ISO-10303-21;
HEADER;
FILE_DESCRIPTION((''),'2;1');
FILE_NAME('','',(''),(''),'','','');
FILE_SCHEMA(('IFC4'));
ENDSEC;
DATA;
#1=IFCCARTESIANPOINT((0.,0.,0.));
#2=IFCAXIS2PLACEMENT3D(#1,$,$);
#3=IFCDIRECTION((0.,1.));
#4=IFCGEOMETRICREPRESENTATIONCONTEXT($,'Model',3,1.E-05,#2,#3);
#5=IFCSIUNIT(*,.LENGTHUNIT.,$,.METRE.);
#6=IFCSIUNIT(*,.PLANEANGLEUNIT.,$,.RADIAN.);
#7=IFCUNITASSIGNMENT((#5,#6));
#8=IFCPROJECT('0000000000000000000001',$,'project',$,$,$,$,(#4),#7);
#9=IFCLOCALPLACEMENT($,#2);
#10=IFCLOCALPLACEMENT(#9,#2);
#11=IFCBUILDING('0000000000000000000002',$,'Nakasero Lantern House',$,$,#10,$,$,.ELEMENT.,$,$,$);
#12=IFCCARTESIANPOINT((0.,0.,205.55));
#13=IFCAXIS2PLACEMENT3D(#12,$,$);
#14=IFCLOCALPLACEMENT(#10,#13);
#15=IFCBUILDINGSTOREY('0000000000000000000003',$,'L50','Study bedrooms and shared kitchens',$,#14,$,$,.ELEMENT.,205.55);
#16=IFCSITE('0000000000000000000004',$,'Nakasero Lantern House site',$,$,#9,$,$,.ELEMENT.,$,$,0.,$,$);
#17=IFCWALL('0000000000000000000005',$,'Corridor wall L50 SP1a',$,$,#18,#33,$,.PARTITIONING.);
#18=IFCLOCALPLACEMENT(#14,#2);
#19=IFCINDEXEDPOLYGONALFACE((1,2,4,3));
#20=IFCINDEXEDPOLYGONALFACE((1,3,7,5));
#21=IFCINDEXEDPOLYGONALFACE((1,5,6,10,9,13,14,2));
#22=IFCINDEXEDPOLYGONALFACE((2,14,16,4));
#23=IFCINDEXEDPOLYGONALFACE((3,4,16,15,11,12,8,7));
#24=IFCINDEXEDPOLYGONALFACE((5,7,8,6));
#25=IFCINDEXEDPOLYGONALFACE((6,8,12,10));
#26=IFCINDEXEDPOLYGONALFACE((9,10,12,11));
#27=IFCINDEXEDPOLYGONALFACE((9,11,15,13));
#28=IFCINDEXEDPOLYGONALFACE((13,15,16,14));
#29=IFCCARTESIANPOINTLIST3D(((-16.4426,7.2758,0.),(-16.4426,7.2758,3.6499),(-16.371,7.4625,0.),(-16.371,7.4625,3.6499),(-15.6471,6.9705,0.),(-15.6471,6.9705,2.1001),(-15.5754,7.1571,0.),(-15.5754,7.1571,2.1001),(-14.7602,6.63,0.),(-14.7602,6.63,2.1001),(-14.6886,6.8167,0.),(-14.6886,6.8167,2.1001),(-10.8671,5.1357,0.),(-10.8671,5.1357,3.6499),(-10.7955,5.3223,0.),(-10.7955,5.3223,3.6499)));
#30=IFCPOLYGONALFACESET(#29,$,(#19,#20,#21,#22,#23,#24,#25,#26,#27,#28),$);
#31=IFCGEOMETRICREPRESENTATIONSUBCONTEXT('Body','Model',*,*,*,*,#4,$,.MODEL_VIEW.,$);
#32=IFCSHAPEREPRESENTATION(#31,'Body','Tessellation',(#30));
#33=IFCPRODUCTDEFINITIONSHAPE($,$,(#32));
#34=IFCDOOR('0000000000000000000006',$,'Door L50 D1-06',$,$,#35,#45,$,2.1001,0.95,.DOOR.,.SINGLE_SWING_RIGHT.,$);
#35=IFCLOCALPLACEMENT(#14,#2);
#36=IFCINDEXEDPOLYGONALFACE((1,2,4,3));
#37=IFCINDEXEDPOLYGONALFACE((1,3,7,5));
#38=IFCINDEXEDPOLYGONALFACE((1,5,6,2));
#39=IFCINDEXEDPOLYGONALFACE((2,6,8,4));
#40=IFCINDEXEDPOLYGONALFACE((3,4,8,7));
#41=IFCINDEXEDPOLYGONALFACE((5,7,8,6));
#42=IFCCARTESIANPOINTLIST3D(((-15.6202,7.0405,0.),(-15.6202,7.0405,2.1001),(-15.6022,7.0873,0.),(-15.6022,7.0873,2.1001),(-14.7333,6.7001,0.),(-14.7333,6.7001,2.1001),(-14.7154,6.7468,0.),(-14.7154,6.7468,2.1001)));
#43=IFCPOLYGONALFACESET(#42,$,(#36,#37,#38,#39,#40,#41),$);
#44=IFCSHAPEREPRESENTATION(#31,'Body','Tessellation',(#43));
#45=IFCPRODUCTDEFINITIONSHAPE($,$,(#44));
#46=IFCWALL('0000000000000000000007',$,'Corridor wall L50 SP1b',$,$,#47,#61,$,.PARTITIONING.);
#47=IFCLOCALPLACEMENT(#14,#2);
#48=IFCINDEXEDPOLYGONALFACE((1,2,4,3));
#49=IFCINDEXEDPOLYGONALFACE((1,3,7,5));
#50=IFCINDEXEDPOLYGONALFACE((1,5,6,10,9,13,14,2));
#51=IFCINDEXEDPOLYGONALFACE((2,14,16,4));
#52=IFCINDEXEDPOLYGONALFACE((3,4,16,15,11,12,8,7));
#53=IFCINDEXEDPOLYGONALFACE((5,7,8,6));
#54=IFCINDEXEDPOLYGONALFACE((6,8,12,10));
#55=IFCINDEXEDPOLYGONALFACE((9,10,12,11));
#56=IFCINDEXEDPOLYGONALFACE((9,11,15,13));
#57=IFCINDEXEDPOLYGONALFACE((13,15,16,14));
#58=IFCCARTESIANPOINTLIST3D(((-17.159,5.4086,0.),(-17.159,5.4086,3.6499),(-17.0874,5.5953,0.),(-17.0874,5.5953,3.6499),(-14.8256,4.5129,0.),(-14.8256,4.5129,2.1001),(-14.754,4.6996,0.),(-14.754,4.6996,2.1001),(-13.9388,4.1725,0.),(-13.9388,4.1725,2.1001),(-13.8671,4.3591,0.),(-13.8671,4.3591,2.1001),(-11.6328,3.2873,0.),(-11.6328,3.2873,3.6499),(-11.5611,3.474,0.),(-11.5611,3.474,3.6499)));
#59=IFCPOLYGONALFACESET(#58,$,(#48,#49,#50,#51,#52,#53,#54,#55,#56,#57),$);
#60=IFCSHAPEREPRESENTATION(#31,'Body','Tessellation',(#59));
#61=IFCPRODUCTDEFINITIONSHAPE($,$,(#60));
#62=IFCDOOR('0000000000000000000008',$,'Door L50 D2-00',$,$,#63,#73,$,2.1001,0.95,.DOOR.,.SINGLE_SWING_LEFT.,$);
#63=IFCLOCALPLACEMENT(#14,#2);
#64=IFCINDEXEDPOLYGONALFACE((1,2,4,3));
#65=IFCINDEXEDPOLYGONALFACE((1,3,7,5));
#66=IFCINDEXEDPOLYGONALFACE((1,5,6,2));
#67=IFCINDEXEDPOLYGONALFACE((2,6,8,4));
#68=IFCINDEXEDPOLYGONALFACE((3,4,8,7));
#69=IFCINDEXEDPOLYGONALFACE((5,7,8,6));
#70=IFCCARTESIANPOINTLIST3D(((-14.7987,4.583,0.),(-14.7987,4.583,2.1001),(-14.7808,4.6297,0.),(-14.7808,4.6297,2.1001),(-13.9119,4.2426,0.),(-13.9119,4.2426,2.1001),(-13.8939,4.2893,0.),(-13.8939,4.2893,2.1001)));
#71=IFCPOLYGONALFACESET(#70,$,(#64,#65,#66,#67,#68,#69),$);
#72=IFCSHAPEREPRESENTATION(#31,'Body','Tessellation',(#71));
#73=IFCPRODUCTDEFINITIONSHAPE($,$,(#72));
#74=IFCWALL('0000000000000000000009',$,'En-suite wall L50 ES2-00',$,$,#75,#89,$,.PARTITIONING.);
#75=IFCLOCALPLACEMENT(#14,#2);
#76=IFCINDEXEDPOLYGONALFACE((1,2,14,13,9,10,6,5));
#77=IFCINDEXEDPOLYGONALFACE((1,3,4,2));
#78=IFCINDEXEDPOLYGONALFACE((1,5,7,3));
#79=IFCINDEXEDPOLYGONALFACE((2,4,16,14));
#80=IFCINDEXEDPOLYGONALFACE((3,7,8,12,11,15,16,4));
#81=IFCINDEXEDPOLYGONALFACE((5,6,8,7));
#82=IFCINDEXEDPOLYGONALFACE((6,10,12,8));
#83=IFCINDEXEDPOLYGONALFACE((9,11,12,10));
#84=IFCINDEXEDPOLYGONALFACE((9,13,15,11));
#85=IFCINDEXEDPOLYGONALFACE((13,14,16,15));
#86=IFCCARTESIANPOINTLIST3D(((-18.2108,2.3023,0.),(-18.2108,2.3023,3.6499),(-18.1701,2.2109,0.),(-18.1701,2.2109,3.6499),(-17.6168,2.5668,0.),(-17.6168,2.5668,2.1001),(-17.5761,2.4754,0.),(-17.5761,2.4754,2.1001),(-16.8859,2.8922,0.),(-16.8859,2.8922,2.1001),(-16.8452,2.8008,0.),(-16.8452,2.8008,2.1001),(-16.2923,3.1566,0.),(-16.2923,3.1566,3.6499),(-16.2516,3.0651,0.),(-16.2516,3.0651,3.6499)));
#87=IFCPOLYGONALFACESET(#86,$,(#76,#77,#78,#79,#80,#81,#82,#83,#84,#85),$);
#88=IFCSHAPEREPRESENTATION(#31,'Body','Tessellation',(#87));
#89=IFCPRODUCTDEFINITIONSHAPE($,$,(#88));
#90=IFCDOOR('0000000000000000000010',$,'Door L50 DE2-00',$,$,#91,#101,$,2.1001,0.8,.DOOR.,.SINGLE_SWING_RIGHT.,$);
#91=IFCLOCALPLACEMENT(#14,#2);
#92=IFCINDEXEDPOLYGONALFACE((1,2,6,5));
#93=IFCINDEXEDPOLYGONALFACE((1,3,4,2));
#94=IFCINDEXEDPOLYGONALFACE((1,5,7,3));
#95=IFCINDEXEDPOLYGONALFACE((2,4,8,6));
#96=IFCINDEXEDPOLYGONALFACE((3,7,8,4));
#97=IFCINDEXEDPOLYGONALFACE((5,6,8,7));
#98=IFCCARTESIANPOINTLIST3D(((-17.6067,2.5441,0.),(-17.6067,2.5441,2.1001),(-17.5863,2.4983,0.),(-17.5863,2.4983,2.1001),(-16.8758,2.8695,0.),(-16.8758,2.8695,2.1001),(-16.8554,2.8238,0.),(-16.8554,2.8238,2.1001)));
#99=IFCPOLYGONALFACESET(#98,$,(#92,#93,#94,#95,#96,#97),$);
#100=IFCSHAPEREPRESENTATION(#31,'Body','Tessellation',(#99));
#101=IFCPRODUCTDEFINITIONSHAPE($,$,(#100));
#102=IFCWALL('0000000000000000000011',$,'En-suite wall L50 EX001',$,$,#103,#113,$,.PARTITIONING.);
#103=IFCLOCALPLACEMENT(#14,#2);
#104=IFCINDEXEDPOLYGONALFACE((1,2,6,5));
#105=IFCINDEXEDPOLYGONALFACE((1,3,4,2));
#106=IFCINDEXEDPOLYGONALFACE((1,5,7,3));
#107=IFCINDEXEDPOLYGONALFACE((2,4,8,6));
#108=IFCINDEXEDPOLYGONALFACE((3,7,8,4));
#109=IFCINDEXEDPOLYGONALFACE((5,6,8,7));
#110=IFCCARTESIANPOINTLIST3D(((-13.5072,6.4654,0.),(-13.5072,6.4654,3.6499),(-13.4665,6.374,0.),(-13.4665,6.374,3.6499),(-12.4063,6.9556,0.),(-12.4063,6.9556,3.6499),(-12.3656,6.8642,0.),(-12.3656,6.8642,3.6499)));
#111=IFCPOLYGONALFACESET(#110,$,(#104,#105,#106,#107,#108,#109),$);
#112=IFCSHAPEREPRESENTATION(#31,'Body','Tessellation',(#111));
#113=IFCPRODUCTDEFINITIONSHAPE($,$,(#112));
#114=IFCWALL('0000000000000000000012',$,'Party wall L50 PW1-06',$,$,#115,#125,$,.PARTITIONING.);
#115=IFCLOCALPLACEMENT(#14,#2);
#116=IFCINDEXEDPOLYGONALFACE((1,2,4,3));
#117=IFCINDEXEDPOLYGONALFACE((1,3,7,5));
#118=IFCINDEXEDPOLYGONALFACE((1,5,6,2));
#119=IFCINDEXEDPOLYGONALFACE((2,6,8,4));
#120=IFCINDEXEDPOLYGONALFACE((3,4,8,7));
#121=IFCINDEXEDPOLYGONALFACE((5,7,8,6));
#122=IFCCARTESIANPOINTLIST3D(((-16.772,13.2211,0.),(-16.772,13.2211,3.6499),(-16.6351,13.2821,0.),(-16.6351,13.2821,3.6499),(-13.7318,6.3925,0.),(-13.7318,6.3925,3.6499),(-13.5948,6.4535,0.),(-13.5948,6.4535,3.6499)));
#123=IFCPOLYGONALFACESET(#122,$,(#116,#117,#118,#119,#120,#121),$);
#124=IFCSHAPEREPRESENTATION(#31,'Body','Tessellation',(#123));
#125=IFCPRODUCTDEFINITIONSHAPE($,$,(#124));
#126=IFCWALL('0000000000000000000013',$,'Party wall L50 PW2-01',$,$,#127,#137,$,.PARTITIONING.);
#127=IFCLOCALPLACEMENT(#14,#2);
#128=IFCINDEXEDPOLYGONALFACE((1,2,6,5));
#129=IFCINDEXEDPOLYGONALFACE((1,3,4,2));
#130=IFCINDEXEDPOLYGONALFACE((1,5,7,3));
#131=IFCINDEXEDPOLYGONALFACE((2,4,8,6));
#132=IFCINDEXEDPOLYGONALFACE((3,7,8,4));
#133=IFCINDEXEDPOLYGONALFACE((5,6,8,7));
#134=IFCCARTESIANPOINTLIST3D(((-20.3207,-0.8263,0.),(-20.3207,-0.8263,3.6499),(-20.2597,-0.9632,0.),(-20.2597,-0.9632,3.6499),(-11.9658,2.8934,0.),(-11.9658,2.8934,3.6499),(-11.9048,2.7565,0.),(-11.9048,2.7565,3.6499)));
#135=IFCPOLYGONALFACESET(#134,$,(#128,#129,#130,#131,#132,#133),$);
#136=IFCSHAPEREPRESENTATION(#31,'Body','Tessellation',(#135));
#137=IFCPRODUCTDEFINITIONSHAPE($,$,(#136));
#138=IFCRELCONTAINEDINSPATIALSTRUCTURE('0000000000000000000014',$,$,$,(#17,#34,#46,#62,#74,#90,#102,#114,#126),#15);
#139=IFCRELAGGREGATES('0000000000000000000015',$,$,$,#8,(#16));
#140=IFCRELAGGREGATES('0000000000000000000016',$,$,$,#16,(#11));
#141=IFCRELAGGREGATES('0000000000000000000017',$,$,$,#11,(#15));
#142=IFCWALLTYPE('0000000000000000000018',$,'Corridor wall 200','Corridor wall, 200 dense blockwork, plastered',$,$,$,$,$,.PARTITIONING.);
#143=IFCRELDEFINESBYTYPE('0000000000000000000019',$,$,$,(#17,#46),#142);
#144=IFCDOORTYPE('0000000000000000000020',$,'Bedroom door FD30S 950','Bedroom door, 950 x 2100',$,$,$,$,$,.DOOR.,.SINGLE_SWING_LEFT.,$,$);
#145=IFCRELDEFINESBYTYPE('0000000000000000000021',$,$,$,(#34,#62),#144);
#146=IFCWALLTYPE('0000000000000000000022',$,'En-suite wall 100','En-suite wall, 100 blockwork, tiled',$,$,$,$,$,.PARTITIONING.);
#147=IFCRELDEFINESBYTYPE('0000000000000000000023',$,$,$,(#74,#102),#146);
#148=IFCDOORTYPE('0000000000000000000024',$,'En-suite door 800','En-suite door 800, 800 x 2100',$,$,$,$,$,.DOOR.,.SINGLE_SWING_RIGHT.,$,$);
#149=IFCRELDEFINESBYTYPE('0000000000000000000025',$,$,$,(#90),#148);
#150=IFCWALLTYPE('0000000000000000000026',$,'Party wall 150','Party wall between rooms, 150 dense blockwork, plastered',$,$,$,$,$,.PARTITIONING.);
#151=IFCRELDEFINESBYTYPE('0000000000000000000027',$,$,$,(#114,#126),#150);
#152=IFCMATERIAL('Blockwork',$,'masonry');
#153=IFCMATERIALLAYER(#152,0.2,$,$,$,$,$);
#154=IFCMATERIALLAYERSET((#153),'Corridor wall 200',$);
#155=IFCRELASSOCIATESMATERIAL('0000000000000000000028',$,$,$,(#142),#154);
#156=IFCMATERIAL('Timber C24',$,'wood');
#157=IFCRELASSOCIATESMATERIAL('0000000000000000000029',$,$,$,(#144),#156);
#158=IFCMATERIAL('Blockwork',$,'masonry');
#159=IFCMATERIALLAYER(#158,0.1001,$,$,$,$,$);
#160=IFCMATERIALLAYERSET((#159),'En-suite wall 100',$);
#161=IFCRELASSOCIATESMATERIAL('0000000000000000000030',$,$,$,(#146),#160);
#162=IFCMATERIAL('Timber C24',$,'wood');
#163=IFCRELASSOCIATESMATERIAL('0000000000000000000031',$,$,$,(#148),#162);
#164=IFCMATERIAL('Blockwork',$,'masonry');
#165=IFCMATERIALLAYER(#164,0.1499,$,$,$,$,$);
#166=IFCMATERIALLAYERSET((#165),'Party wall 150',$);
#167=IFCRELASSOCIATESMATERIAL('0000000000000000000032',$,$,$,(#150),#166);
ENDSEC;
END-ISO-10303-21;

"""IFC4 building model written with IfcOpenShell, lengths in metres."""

from ifc_helpers import new_model, si_unit, direction, frame, frame_2d, origin, place, context, subcontext, project, spatial, rectangle, extrude, material, layer, layer_set, type_object, element, fill, save


model = new_model("IFC4")

# Units and contexts
model_context = context("Model", 3, precision=1e-05, world=origin(), true_north=direction((0.0, 1.0)))
body_context = subcontext(model_context, "Body", "Model", "MODEL_VIEW")
ifc_project = project(units=[si_unit("LENGTHUNIT", "METRE"), si_unit("PLANEANGLEUNIT", "RADIAN")], contexts=[model_context])

# Site, building, storey
site_placement = place(None, origin())
site = spatial("IfcSite", under=ifc_project, at=site_placement, Name="Nakasero Lantern House site", CompositionType="ELEMENT", RefElevation=0.0)
building_placement = place(site_placement, origin())
building = spatial("IfcBuilding", under=site, at=building_placement, Name="Nakasero Lantern House", CompositionType="ELEMENT")
storey_placement = place(building_placement, frame((0.0, 0.0, 205.55)))
storey = spatial("IfcBuildingStorey", under=building, at=storey_placement, Name="L50", Description="Study bedrooms and shared kitchens", CompositionType="ELEMENT", Elevation=205.55)

# Shared definitions
ifc_material_1 = material(Name="Blockwork", Category="masonry")
ifc_layer_1 = layer(ifc_material_1, 0.2)
ifc_layer_set_1 = layer_set([ifc_layer_1], Name="Corridor wall 200")
wall_type_1 = type_object("IfcWallType", Name="Corridor wall 200", Description="Corridor wall, 200 dense blockwork, plastered", PredefinedType="PARTITIONING", material=ifc_layer_set_1)

# Walls, openings, doors
wall_1_placement = place(storey_placement, frame((-10.8313, 5.229, 0.0), z_axis=(0.0, 0.0, 1.0), x_axis=(-0.933585, 0.358357, 0.0)))
wall_1 = element("IfcWall", 1, at=wall_1_placement, inside=storey, type_object=wall_type_1, Name="Corridor wall L50 SP1a", PredefinedType="PARTITIONING", context=body_context, shape_type="SweptSolid", body=[
    extrude(rectangle(XDim=5.9722, YDim=0.2, at=frame_2d((2.9861, 0.0))), origin(), (0.0, 0.0, 1.0), 3.6499),
])
opening_1_placement = place(wall_1_placement, frame((4.1699, 0.0, 0.0)))
opening_1 = element("IfcOpeningElement", 2, at=opening_1_placement, cuts=wall_1, PredefinedType="OPENING", context=body_context, shape_type="SweptSolid", body=[
    extrude(rectangle(XDim=0.95, YDim=2.1001, at=frame_2d((0.4751, 1.05))), frame((0.0, 0.1199, 0.0), z_axis=(0.0, -1.0, 0.0), x_axis=(1.0, 0.0, 0.0)), (0.0, 0.0, 1.0), 0.24),
])
ifc_material_2 = material(Name="Timber C24", Category="wood")
door_type_1 = type_object("IfcDoorType", Name="Bedroom door FD30S 950", Description="Bedroom door, 950 x 2100", OperationType="SINGLE_SWING_LEFT", PredefinedType="DOOR", material=ifc_material_2)
door_1_placement = place(opening_1_placement, origin())
door_1 = element("IfcDoor", 3, at=door_1_placement, inside=storey, type_object=door_type_1, Name="Door L50 D1-06", OperationType="SINGLE_SWING_RIGHT", OverallHeight=2.1001, OverallWidth=0.95, PredefinedType="DOOR", context=body_context, shape_type="SweptSolid", body=[
    extrude(rectangle(XDim=0.95, YDim=2.1001, at=frame_2d((0.4751, 1.05))), frame((0.0, 0.0249, 0.0), z_axis=(0.0, -1.0, 0.0), x_axis=(1.0, 0.0, 0.0)), (0.0, 0.0, 1.0), 0.05),
])
fill(opening_1, door_1)
wall_2_placement = place(storey_placement, frame((-11.5969, 3.3806, 0.0), z_axis=(0.0, 0.0, 1.0), x_axis=(-0.933582, 0.358363, 0.0)))
wall_2 = element("IfcWall", 4, at=wall_2_placement, inside=storey, type_object=wall_type_1, Name="Corridor wall L50 SP1b", PredefinedType="PARTITIONING", context=body_context, shape_type="SweptSolid", body=[
    extrude(rectangle(XDim=5.9194, YDim=0.2, at=frame_2d((2.9597, 0.0))), origin(), (0.0, 0.0, 1.0), 3.6499),
])
opening_2_placement = place(wall_2_placement, frame((2.47, 0.0, 0.0)))
opening_2 = element("IfcOpeningElement", 5, at=opening_2_placement, cuts=wall_2, PredefinedType="OPENING", context=body_context, shape_type="SweptSolid", body=[
    extrude(rectangle(XDim=0.95, YDim=2.1001, at=frame_2d((0.4751, 1.05))), frame((0.0, 0.1199, 0.0), z_axis=(0.0, -1.0, 0.0), x_axis=(1.0, 0.0, 0.0)), (0.0, 0.0, 1.0), 0.24),
])
door_2_placement = place(opening_2_placement, origin())
door_2 = element("IfcDoor", 6, at=door_2_placement, inside=storey, type_object=door_type_1, Name="Door L50 D2-00", OperationType="SINGLE_SWING_LEFT", OverallHeight=2.1001, OverallWidth=0.95, PredefinedType="DOOR", context=body_context, shape_type="SweptSolid", body=[
    extrude(rectangle(XDim=0.95, YDim=2.1001, at=frame_2d((0.4751, 1.05))), frame((0.0, 0.0249, 0.0), z_axis=(0.0, -1.0, 0.0), x_axis=(1.0, 0.0, 0.0)), (0.0, 0.0, 1.0), 0.05),
])
fill(opening_2, door_2)
ifc_material_3 = material(Name="Blockwork", Category="masonry")
ifc_layer_2 = layer(ifc_material_3, 0.1001)
ifc_layer_set_2 = layer_set([ifc_layer_2], Name="En-suite wall 100")
wall_type_2 = type_object("IfcWallType", Name="En-suite wall 100", Description="En-suite wall, 100 blockwork, tiled", PredefinedType="PARTITIONING", material=ifc_layer_set_2)
wall_3_placement = place(storey_placement, frame((-16.272, 3.1108, 0.0), z_axis=(0.0, 0.0, 1.0), x_axis=(-0.913528, -0.406775, 0.0)))
wall_3 = element("IfcWall", 7, at=wall_3_placement, inside=storey, type_object=wall_type_2, Name="En-suite wall L50 ES2-00", PredefinedType="PARTITIONING", context=body_context, shape_type="SweptSolid", body=[
    extrude(rectangle(XDim=2.1001, YDim=0.1001, at=frame_2d((1.05, 0.0))), origin(), (0.0, 0.0, 1.0), 3.6499),
])
opening_3_placement = place(wall_3_placement, frame((0.6499, 0.0, 0.0)))
opening_3 = element("IfcOpeningElement", 8, at=opening_3_placement, cuts=wall_3, PredefinedType="OPENING", context=body_context, shape_type="SweptSolid", body=[
    extrude(rectangle(XDim=0.8, YDim=2.1001, at=frame_2d((0.3999, 1.05))), frame((0.0, 0.0701, 0.0), z_axis=(0.0, -1.0, 0.0), x_axis=(1.0, 0.0, 0.0)), (0.0, 0.0, 1.0), 0.1401),
])
ifc_material_4 = material(Name="Timber C24", Category="wood")
door_type_2 = type_object("IfcDoorType", Name="En-suite door 800", Description="En-suite door 800, 800 x 2100", OperationType="SINGLE_SWING_RIGHT", PredefinedType="DOOR", material=ifc_material_4)
door_3_placement = place(opening_3_placement, origin())
door_3 = element("IfcDoor", 9, at=door_3_placement, inside=storey, type_object=door_type_2, Name="Door L50 DE2-00", OperationType="SINGLE_SWING_RIGHT", OverallHeight=2.1001, OverallWidth=0.8, PredefinedType="DOOR", context=body_context, shape_type="SweptSolid", body=[
    extrude(rectangle(XDim=0.8, YDim=2.1001, at=frame_2d((0.3999, 1.05))), frame((0.0, 0.0249, 0.0), z_axis=(0.0, -1.0, 0.0), x_axis=(1.0, 0.0, 0.0)), (0.0, 0.0, 1.0), 0.05),
])
fill(opening_3, door_3)

# Walls
wall_4_placement = place(storey_placement, frame((-13.4868, 6.4197, 0.0), z_axis=(0.0, 0.0, 1.0), x_axis=(0.913511, 0.406815, 0.0)))
element("IfcWall", 10, at=wall_4_placement, inside=storey, type_object=wall_type_2, Name="En-suite wall L50 EX001", PredefinedType="PARTITIONING", context=body_context, shape_type="SweptSolid", body=[
    extrude(rectangle(XDim=1.2051, YDim=0.1001, at=frame_2d((0.6025, 0.0))), origin(), (0.0, 0.0, 1.0), 3.6499),
])
ifc_material_5 = material(Name="Blockwork", Category="masonry")
ifc_layer_3 = layer(ifc_material_5, 0.1499)
ifc_layer_set_3 = layer_set([ifc_layer_3], Name="Party wall 150")
wall_type_3 = type_object("IfcWallType", Name="Party wall 150", Description="Party wall between rooms, 150 dense blockwork, plastered", PredefinedType="PARTITIONING", material=ifc_layer_set_3)
wall_5_placement = place(storey_placement, frame((-13.6633, 6.4231, 0.0), z_axis=(0.0, 0.0, 1.0), x_axis=(-0.406735, 0.913546, 0.0)))
element("IfcWall", 11, at=wall_5_placement, inside=storey, type_object=wall_type_3, Name="Party wall L50 PW1-06", PredefinedType="PARTITIONING", context=body_context, shape_type="SweptSolid", body=[
    extrude(rectangle(XDim=7.4749, YDim=0.1499, at=frame_2d((3.7373, 0.0))), origin(), (0.0, 0.0, 1.0), 3.6499),
])
wall_6_placement = place(storey_placement, frame((-11.9353, 2.825, 0.0), z_axis=(0.0, 0.0, 1.0), x_axis=(-0.913552, -0.406723, 0.0)))
element("IfcWall", 12, at=wall_6_placement, inside=storey, type_object=wall_type_3, Name="Party wall L50 PW2-01", PredefinedType="PARTITIONING", context=body_context, shape_type="SweptSolid", body=[
    extrude(rectangle(XDim=9.1455, YDim=0.1499, at=frame_2d((4.5728, 0.0))), origin(), (0.0, 0.0, 1.0), 3.6499),
])

save(model, "model.ifc")
